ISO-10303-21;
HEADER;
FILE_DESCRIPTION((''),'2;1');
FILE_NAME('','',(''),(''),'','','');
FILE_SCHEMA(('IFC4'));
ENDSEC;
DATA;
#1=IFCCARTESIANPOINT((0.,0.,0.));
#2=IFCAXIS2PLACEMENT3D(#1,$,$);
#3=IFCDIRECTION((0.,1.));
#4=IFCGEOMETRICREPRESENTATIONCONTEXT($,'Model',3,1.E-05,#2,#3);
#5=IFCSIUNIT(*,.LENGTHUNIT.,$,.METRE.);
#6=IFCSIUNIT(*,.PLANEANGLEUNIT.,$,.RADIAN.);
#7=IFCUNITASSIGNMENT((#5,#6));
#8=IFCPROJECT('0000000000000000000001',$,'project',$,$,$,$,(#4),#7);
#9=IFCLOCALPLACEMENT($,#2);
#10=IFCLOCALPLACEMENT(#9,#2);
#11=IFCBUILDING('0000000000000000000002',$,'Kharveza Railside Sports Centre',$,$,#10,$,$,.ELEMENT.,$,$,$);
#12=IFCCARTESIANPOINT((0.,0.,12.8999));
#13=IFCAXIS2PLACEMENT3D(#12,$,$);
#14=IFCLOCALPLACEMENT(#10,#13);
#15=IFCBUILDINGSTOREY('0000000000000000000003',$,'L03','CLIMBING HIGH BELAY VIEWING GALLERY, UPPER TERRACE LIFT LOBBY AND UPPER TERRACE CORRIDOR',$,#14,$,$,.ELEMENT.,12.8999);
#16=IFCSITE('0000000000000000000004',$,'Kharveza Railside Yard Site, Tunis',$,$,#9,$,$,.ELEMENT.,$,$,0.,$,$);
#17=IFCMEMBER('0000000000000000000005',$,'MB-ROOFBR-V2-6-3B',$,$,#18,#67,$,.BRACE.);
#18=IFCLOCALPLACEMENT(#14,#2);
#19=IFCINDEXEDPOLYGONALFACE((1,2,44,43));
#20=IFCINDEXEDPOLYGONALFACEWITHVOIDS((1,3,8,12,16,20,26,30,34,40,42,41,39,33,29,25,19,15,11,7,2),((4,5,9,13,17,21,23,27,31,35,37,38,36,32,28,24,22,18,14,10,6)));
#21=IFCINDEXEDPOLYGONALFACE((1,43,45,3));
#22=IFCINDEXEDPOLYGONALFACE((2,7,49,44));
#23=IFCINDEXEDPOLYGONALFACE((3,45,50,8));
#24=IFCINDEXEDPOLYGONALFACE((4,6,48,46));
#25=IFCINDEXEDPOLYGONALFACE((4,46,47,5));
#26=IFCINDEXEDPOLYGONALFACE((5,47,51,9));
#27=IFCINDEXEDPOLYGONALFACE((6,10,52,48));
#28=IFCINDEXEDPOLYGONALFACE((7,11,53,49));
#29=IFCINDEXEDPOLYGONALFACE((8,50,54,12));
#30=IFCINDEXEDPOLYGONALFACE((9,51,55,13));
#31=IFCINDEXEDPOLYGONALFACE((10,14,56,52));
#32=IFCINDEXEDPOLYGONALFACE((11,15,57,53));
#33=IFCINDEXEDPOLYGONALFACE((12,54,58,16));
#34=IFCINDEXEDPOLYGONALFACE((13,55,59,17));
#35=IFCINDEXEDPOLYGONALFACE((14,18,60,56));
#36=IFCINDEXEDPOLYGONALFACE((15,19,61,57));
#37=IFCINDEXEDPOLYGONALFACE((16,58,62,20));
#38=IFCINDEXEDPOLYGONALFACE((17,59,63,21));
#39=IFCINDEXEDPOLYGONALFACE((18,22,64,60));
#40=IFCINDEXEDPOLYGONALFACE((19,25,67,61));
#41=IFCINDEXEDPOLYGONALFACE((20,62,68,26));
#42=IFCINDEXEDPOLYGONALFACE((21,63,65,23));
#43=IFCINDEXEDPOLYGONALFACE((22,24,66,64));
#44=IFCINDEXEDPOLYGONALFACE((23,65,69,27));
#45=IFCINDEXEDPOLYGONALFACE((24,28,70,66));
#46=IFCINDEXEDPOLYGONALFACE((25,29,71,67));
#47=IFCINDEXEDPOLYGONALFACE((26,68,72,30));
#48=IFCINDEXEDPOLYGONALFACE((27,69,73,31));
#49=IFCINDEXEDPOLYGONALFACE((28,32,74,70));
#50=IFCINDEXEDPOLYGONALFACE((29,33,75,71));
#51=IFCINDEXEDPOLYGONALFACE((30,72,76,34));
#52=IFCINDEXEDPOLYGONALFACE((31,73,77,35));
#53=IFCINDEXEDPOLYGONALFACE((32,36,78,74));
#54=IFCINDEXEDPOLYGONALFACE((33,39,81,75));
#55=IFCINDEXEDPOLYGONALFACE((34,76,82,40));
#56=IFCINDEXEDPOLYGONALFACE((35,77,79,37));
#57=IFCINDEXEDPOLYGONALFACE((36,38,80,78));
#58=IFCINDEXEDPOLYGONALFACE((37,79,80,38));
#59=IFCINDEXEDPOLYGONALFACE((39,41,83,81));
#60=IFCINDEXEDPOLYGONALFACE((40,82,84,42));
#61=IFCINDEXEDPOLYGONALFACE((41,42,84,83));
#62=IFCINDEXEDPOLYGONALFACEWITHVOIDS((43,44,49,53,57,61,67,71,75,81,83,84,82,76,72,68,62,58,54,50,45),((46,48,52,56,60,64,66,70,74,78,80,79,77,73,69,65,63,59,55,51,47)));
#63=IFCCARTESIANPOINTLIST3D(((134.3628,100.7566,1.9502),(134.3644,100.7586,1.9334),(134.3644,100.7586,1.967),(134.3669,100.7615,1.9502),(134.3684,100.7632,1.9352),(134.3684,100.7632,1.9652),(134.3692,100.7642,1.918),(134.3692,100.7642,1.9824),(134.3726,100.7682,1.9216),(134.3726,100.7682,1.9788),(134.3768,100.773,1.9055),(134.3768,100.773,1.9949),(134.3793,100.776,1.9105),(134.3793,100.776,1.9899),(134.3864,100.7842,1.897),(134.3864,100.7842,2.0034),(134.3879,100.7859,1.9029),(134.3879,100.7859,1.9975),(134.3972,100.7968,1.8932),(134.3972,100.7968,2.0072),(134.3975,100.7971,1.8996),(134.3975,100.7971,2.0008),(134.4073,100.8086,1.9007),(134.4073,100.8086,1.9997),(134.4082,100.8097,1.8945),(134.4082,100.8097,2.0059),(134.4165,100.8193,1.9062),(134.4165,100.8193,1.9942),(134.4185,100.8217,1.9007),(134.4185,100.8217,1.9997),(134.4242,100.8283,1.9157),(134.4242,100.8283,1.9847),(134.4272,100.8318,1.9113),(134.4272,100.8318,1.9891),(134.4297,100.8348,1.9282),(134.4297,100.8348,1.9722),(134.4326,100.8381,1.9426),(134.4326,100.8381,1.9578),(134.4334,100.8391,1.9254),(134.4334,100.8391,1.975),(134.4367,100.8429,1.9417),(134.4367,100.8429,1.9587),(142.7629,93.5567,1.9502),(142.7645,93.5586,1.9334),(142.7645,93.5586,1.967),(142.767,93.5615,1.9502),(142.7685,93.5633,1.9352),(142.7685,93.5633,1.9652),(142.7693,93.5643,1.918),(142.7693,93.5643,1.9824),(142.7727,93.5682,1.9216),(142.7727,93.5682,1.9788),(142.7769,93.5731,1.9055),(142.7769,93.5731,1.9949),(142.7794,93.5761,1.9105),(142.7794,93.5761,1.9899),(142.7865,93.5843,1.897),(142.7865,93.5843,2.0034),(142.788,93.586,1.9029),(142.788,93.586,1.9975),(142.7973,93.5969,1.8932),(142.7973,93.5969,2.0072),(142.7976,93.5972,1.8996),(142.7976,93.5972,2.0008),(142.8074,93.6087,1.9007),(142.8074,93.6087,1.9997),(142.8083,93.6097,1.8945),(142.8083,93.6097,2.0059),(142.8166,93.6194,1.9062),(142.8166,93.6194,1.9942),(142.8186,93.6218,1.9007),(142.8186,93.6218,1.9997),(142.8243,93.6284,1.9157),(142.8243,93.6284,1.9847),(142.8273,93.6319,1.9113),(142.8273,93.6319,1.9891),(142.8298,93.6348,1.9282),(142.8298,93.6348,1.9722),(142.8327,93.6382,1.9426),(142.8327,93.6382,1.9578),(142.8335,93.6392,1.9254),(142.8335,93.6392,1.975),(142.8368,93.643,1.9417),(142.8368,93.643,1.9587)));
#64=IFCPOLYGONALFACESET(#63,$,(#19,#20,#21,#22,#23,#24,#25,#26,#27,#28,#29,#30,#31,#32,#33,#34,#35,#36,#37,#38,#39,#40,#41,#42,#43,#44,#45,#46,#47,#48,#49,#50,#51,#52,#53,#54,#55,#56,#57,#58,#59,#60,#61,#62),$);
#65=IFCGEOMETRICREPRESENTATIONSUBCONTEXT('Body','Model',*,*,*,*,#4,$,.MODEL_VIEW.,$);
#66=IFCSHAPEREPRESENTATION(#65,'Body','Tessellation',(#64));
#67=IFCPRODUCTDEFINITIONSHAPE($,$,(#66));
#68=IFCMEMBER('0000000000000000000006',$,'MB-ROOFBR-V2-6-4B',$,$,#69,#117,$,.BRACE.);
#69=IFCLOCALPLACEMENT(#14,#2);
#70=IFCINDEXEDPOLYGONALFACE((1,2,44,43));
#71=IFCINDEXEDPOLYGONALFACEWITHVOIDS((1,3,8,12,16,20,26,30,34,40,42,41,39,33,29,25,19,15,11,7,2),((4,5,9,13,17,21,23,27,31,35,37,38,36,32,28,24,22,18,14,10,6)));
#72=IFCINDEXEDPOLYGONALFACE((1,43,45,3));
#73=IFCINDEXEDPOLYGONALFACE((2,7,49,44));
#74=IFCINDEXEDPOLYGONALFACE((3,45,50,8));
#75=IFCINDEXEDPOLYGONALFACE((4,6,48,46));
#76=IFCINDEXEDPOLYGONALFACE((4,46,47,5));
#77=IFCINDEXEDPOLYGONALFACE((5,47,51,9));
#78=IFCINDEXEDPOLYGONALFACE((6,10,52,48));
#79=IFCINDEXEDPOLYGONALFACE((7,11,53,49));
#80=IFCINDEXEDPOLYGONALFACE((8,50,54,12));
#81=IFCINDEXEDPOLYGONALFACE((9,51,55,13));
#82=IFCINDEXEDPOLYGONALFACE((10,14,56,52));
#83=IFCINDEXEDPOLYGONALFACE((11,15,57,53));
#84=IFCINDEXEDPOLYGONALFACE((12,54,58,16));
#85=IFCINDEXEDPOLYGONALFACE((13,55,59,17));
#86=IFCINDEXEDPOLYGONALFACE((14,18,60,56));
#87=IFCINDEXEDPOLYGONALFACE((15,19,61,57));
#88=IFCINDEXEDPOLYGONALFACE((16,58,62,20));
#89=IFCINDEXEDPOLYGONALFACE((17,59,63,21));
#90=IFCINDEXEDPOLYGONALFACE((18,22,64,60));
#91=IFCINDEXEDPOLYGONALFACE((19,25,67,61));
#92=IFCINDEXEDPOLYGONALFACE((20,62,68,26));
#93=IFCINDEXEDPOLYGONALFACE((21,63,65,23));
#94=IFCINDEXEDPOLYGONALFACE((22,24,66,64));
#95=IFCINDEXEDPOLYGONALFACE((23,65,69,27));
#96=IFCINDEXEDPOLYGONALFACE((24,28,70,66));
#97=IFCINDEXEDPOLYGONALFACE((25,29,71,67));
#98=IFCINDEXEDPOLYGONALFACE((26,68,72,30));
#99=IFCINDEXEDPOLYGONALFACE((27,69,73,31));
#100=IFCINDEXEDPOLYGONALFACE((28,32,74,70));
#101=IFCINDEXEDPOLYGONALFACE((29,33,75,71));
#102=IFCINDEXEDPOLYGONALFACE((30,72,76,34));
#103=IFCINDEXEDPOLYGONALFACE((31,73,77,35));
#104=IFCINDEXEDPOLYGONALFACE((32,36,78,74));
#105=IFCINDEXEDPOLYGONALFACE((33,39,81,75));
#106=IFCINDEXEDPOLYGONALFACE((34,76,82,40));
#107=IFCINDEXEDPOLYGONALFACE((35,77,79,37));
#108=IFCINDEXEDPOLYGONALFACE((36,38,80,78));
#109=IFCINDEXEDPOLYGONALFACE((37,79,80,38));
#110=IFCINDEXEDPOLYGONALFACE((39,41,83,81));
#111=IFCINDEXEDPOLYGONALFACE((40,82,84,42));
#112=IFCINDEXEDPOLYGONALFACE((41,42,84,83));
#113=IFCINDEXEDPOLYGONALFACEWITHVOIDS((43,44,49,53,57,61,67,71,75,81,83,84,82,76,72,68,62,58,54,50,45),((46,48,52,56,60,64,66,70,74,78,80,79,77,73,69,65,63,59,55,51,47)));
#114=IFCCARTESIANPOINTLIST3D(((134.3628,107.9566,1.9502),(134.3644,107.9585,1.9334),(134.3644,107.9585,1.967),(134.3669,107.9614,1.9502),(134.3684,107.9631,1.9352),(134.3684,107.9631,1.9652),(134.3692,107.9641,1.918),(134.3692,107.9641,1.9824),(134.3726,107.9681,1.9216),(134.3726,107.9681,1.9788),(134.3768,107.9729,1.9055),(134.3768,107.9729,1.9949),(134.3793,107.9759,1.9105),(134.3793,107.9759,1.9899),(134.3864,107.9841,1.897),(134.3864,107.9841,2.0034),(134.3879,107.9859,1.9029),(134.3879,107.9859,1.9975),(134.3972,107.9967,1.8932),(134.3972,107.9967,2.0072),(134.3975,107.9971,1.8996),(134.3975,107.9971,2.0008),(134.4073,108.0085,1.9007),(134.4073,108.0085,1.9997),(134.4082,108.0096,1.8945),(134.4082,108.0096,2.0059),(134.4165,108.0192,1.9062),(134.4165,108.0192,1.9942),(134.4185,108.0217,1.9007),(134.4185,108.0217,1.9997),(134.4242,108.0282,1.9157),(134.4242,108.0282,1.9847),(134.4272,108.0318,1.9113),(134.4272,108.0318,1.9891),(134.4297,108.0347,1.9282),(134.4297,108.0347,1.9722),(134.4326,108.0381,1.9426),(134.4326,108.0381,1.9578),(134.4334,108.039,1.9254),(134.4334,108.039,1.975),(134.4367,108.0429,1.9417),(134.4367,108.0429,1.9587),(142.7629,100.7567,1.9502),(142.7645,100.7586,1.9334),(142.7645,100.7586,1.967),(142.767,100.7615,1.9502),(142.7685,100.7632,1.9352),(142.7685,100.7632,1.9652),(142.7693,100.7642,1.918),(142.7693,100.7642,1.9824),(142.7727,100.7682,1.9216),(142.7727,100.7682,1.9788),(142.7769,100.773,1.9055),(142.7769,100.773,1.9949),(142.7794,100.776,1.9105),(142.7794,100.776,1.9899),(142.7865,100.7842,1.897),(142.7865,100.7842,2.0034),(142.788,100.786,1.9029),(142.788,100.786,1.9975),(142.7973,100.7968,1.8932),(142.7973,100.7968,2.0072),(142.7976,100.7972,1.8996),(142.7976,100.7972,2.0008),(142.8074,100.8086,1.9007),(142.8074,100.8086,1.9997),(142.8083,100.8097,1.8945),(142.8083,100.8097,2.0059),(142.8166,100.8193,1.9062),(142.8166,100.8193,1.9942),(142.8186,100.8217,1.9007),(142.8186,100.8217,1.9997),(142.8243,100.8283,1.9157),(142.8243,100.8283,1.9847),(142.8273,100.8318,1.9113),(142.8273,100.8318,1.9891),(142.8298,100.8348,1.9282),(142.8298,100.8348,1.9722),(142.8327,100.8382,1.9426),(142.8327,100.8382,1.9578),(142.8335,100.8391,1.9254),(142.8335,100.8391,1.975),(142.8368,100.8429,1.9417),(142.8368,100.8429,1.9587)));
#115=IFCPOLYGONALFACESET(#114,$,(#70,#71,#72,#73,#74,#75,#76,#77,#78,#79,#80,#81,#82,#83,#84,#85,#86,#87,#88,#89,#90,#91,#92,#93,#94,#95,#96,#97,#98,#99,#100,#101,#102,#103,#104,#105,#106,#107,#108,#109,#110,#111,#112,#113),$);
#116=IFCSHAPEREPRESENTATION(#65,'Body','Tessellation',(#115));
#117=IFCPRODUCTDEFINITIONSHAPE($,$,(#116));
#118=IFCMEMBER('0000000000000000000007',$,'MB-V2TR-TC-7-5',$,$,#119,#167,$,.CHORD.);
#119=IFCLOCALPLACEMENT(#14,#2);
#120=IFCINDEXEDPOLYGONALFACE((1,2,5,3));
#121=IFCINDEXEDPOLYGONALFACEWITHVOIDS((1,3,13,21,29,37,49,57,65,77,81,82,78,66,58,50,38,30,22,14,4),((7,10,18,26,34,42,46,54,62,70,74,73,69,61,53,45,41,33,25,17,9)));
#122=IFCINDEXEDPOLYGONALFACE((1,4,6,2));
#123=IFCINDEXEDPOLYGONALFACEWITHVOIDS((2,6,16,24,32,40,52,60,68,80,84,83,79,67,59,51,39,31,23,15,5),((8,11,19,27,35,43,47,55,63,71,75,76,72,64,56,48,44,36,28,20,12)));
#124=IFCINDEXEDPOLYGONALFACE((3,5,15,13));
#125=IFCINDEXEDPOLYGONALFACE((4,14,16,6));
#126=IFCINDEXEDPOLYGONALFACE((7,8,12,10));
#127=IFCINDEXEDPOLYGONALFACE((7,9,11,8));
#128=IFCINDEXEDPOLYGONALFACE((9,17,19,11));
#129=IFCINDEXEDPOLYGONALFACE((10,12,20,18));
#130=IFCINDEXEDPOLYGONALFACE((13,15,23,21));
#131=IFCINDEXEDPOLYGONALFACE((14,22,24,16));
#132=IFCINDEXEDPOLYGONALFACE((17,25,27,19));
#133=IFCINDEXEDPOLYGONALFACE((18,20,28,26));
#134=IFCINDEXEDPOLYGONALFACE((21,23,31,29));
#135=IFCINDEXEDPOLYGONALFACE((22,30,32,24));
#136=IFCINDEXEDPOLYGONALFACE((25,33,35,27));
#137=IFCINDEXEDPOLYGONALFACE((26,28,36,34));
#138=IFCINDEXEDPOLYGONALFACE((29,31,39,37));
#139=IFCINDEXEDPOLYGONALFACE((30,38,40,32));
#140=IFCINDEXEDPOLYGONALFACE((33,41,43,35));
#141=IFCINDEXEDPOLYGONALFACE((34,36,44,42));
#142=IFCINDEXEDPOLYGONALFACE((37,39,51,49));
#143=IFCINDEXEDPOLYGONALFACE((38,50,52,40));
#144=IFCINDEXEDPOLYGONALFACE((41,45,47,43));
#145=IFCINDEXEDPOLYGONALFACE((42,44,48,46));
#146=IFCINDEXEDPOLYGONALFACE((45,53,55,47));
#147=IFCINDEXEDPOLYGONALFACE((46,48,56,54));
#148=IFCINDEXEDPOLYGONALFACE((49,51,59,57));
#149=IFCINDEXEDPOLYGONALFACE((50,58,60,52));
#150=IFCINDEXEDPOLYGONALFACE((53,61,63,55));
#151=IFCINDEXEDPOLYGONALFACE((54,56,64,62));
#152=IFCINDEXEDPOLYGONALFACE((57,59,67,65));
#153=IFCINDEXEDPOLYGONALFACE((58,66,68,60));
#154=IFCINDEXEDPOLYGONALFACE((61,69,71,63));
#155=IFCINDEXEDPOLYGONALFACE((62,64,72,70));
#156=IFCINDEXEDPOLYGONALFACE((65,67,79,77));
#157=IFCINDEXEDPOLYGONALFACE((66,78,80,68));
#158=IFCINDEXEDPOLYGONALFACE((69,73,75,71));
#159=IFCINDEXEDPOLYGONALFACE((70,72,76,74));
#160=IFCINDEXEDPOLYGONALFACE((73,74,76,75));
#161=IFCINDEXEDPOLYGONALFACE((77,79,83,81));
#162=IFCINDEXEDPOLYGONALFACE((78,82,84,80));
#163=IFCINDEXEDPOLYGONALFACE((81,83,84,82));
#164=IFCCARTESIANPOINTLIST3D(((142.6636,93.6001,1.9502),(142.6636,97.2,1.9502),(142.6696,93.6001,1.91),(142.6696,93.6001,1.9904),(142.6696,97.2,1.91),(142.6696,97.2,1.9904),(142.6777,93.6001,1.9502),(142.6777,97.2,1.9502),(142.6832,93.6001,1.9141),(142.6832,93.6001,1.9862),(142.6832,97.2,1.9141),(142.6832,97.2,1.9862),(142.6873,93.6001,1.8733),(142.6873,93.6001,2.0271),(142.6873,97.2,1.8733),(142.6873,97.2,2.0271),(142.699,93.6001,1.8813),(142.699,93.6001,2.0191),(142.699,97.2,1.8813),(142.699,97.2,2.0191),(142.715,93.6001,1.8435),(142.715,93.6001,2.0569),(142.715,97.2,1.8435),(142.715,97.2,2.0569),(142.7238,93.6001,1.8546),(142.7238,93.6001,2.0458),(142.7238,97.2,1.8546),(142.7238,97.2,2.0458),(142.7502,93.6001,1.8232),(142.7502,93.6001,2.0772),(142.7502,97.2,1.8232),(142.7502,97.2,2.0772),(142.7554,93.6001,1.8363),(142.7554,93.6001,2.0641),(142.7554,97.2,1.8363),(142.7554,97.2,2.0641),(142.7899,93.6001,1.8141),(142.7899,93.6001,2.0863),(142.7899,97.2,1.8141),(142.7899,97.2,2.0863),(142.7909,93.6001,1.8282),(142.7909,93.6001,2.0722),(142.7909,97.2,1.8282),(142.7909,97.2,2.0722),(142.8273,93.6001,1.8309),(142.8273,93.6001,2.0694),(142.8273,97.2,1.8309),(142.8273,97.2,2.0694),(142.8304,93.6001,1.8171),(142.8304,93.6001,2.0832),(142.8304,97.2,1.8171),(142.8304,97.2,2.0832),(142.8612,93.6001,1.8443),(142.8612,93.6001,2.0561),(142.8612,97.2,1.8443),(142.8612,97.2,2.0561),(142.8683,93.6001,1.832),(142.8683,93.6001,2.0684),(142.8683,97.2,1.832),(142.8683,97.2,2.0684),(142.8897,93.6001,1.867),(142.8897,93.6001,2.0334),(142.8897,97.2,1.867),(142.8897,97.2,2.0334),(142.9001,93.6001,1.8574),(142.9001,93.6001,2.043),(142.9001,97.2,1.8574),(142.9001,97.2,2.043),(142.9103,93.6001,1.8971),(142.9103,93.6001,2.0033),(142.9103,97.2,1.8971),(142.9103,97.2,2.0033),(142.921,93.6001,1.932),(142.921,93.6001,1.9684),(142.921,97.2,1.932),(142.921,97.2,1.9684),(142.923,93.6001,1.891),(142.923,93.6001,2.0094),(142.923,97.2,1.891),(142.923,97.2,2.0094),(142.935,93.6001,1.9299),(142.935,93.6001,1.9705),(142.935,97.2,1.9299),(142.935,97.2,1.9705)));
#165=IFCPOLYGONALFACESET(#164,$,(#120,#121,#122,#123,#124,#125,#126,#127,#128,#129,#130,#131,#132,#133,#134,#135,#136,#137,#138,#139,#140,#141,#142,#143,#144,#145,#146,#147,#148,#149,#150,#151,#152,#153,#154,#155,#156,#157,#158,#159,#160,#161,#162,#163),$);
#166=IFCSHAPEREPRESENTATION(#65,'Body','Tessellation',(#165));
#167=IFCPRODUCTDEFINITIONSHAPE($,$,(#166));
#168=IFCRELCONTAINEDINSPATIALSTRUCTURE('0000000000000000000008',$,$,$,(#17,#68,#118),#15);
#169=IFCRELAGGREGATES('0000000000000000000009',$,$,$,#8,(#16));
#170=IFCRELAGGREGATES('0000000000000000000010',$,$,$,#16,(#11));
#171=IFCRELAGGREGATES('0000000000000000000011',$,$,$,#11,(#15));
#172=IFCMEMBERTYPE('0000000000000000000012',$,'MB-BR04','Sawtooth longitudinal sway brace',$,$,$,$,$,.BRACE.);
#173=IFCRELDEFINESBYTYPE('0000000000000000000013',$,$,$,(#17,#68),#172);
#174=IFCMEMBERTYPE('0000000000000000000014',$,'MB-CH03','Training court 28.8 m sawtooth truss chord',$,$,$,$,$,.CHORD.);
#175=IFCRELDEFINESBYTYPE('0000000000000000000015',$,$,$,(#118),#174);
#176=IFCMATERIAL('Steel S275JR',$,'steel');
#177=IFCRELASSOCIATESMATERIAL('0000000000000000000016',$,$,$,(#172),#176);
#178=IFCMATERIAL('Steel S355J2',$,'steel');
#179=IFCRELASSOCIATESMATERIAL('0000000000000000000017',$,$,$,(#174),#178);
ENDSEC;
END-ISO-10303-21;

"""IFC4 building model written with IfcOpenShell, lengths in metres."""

from ifc_helpers import new_model, si_unit, direction, frame, origin, origin_2d, place, context, subcontext, project, spatial, hollow_circle, extrude, material, material_profile, profile_set, type_object, element, save


model = new_model("IFC4")

# Units and contexts
model_context = context("Model", 3, precision=1e-05, world=origin(), true_north=direction((0.0, 1.0)))
body_context = subcontext(model_context, "Body", "Model", "MODEL_VIEW")
ifc_project = project(units=[si_unit("LENGTHUNIT", "METRE"), si_unit("PLANEANGLEUNIT", "RADIAN")], contexts=[model_context])

# Site, building, storey
site_placement = place(None, origin())
site = spatial("IfcSite", under=ifc_project, at=site_placement, Name="Kharveza Railside Yard Site, Tunis", CompositionType="ELEMENT", RefElevation=0.0)
building_placement = place(site_placement, origin())
building = spatial("IfcBuilding", under=site, at=building_placement, Name="Kharveza Railside Sports Centre", CompositionType="ELEMENT")
storey_placement = place(building_placement, frame((0.0, 0.0, 12.8999)))
storey = spatial("IfcBuildingStorey", under=building, at=storey_placement, Name="L03", Description="CLIMBING HIGH BELAY VIEWING GALLERY, UPPER TERRACE LIFT LOBBY AND UPPER TERRACE CORRIDOR", CompositionType="ELEMENT", Elevation=12.8999)

# Members
ifc_material_1 = material(Name="Steel S275JR", Category="steel")
ifc_material_profile_1 = material_profile(ifc_material_1, hollow_circle(Radius=0.0571, WallThickness=0.0063, at=origin_2d()), Name="CHS 114.3x6.3")
ifc_profile_set_1 = profile_set([ifc_material_profile_1], Name="Steel S275JR")
member_type_1 = type_object("IfcMemberType", Name="MB-BR04", Description="Sawtooth longitudinal sway brace", PredefinedType="BRACE", material=ifc_profile_set_1)
for number, where, z_axis, x_axis, name in (
    (1, (142.8, 93.6001, 1.9502), (-0.759264, 0.650782, 0.0), (-0.650782, -0.759264, 0.0), "MB-ROOFBR-V2-6-3B"),
    (2, (142.8, 100.8, 1.9502), (-0.759264, 0.650782, 0.0), (-0.650782, -0.759264, 0.0), "MB-ROOFBR-V2-6-4B"),
):
    element("IfcMember", number, at=place(storey_placement, frame(where, z_axis=z_axis, x_axis=x_axis)), inside=storey, type_object=member_type_1, Name=name, PredefinedType="BRACE", context=body_context, shape_type="SweptSolid", body=[
        extrude(hollow_circle(Radius=0.0571, WallThickness=0.0063, at=origin_2d()), origin(), (0.0, 0.0, 1.0), 11.0635),
    ])
ifc_material_2 = material(Name="Steel S355J2", Category="steel")
ifc_material_profile_2 = material_profile(ifc_material_2, hollow_circle(Radius=0.1365, WallThickness=0.0142, at=origin_2d()), Name="CHS 273.0x14.2")
ifc_profile_set_2 = profile_set([ifc_material_profile_2], Name="Steel S355J2")
member_type_2 = type_object("IfcMemberType", Name="MB-CH03", Description="Training court 28.8 m sawtooth truss chord", PredefinedType="CHORD", material=ifc_profile_set_2)
member_1_placement = place(storey_placement, frame((142.8, 93.6001, 1.9502), z_axis=(0.0, 1.0, 0.0), x_axis=(-1.0, 0.0, 0.0)))
element("IfcMember", 3, at=member_1_placement, inside=storey, type_object=member_type_2, Name="MB-V2TR-TC-7-5", PredefinedType="CHORD", context=body_context, shape_type="SweptSolid", body=[
    extrude(hollow_circle(Radius=0.1365, WallThickness=0.0142, at=origin_2d()), origin(), (0.0, 0.0, 1.0), 3.5999),
])

save(model, "model.ifc")
